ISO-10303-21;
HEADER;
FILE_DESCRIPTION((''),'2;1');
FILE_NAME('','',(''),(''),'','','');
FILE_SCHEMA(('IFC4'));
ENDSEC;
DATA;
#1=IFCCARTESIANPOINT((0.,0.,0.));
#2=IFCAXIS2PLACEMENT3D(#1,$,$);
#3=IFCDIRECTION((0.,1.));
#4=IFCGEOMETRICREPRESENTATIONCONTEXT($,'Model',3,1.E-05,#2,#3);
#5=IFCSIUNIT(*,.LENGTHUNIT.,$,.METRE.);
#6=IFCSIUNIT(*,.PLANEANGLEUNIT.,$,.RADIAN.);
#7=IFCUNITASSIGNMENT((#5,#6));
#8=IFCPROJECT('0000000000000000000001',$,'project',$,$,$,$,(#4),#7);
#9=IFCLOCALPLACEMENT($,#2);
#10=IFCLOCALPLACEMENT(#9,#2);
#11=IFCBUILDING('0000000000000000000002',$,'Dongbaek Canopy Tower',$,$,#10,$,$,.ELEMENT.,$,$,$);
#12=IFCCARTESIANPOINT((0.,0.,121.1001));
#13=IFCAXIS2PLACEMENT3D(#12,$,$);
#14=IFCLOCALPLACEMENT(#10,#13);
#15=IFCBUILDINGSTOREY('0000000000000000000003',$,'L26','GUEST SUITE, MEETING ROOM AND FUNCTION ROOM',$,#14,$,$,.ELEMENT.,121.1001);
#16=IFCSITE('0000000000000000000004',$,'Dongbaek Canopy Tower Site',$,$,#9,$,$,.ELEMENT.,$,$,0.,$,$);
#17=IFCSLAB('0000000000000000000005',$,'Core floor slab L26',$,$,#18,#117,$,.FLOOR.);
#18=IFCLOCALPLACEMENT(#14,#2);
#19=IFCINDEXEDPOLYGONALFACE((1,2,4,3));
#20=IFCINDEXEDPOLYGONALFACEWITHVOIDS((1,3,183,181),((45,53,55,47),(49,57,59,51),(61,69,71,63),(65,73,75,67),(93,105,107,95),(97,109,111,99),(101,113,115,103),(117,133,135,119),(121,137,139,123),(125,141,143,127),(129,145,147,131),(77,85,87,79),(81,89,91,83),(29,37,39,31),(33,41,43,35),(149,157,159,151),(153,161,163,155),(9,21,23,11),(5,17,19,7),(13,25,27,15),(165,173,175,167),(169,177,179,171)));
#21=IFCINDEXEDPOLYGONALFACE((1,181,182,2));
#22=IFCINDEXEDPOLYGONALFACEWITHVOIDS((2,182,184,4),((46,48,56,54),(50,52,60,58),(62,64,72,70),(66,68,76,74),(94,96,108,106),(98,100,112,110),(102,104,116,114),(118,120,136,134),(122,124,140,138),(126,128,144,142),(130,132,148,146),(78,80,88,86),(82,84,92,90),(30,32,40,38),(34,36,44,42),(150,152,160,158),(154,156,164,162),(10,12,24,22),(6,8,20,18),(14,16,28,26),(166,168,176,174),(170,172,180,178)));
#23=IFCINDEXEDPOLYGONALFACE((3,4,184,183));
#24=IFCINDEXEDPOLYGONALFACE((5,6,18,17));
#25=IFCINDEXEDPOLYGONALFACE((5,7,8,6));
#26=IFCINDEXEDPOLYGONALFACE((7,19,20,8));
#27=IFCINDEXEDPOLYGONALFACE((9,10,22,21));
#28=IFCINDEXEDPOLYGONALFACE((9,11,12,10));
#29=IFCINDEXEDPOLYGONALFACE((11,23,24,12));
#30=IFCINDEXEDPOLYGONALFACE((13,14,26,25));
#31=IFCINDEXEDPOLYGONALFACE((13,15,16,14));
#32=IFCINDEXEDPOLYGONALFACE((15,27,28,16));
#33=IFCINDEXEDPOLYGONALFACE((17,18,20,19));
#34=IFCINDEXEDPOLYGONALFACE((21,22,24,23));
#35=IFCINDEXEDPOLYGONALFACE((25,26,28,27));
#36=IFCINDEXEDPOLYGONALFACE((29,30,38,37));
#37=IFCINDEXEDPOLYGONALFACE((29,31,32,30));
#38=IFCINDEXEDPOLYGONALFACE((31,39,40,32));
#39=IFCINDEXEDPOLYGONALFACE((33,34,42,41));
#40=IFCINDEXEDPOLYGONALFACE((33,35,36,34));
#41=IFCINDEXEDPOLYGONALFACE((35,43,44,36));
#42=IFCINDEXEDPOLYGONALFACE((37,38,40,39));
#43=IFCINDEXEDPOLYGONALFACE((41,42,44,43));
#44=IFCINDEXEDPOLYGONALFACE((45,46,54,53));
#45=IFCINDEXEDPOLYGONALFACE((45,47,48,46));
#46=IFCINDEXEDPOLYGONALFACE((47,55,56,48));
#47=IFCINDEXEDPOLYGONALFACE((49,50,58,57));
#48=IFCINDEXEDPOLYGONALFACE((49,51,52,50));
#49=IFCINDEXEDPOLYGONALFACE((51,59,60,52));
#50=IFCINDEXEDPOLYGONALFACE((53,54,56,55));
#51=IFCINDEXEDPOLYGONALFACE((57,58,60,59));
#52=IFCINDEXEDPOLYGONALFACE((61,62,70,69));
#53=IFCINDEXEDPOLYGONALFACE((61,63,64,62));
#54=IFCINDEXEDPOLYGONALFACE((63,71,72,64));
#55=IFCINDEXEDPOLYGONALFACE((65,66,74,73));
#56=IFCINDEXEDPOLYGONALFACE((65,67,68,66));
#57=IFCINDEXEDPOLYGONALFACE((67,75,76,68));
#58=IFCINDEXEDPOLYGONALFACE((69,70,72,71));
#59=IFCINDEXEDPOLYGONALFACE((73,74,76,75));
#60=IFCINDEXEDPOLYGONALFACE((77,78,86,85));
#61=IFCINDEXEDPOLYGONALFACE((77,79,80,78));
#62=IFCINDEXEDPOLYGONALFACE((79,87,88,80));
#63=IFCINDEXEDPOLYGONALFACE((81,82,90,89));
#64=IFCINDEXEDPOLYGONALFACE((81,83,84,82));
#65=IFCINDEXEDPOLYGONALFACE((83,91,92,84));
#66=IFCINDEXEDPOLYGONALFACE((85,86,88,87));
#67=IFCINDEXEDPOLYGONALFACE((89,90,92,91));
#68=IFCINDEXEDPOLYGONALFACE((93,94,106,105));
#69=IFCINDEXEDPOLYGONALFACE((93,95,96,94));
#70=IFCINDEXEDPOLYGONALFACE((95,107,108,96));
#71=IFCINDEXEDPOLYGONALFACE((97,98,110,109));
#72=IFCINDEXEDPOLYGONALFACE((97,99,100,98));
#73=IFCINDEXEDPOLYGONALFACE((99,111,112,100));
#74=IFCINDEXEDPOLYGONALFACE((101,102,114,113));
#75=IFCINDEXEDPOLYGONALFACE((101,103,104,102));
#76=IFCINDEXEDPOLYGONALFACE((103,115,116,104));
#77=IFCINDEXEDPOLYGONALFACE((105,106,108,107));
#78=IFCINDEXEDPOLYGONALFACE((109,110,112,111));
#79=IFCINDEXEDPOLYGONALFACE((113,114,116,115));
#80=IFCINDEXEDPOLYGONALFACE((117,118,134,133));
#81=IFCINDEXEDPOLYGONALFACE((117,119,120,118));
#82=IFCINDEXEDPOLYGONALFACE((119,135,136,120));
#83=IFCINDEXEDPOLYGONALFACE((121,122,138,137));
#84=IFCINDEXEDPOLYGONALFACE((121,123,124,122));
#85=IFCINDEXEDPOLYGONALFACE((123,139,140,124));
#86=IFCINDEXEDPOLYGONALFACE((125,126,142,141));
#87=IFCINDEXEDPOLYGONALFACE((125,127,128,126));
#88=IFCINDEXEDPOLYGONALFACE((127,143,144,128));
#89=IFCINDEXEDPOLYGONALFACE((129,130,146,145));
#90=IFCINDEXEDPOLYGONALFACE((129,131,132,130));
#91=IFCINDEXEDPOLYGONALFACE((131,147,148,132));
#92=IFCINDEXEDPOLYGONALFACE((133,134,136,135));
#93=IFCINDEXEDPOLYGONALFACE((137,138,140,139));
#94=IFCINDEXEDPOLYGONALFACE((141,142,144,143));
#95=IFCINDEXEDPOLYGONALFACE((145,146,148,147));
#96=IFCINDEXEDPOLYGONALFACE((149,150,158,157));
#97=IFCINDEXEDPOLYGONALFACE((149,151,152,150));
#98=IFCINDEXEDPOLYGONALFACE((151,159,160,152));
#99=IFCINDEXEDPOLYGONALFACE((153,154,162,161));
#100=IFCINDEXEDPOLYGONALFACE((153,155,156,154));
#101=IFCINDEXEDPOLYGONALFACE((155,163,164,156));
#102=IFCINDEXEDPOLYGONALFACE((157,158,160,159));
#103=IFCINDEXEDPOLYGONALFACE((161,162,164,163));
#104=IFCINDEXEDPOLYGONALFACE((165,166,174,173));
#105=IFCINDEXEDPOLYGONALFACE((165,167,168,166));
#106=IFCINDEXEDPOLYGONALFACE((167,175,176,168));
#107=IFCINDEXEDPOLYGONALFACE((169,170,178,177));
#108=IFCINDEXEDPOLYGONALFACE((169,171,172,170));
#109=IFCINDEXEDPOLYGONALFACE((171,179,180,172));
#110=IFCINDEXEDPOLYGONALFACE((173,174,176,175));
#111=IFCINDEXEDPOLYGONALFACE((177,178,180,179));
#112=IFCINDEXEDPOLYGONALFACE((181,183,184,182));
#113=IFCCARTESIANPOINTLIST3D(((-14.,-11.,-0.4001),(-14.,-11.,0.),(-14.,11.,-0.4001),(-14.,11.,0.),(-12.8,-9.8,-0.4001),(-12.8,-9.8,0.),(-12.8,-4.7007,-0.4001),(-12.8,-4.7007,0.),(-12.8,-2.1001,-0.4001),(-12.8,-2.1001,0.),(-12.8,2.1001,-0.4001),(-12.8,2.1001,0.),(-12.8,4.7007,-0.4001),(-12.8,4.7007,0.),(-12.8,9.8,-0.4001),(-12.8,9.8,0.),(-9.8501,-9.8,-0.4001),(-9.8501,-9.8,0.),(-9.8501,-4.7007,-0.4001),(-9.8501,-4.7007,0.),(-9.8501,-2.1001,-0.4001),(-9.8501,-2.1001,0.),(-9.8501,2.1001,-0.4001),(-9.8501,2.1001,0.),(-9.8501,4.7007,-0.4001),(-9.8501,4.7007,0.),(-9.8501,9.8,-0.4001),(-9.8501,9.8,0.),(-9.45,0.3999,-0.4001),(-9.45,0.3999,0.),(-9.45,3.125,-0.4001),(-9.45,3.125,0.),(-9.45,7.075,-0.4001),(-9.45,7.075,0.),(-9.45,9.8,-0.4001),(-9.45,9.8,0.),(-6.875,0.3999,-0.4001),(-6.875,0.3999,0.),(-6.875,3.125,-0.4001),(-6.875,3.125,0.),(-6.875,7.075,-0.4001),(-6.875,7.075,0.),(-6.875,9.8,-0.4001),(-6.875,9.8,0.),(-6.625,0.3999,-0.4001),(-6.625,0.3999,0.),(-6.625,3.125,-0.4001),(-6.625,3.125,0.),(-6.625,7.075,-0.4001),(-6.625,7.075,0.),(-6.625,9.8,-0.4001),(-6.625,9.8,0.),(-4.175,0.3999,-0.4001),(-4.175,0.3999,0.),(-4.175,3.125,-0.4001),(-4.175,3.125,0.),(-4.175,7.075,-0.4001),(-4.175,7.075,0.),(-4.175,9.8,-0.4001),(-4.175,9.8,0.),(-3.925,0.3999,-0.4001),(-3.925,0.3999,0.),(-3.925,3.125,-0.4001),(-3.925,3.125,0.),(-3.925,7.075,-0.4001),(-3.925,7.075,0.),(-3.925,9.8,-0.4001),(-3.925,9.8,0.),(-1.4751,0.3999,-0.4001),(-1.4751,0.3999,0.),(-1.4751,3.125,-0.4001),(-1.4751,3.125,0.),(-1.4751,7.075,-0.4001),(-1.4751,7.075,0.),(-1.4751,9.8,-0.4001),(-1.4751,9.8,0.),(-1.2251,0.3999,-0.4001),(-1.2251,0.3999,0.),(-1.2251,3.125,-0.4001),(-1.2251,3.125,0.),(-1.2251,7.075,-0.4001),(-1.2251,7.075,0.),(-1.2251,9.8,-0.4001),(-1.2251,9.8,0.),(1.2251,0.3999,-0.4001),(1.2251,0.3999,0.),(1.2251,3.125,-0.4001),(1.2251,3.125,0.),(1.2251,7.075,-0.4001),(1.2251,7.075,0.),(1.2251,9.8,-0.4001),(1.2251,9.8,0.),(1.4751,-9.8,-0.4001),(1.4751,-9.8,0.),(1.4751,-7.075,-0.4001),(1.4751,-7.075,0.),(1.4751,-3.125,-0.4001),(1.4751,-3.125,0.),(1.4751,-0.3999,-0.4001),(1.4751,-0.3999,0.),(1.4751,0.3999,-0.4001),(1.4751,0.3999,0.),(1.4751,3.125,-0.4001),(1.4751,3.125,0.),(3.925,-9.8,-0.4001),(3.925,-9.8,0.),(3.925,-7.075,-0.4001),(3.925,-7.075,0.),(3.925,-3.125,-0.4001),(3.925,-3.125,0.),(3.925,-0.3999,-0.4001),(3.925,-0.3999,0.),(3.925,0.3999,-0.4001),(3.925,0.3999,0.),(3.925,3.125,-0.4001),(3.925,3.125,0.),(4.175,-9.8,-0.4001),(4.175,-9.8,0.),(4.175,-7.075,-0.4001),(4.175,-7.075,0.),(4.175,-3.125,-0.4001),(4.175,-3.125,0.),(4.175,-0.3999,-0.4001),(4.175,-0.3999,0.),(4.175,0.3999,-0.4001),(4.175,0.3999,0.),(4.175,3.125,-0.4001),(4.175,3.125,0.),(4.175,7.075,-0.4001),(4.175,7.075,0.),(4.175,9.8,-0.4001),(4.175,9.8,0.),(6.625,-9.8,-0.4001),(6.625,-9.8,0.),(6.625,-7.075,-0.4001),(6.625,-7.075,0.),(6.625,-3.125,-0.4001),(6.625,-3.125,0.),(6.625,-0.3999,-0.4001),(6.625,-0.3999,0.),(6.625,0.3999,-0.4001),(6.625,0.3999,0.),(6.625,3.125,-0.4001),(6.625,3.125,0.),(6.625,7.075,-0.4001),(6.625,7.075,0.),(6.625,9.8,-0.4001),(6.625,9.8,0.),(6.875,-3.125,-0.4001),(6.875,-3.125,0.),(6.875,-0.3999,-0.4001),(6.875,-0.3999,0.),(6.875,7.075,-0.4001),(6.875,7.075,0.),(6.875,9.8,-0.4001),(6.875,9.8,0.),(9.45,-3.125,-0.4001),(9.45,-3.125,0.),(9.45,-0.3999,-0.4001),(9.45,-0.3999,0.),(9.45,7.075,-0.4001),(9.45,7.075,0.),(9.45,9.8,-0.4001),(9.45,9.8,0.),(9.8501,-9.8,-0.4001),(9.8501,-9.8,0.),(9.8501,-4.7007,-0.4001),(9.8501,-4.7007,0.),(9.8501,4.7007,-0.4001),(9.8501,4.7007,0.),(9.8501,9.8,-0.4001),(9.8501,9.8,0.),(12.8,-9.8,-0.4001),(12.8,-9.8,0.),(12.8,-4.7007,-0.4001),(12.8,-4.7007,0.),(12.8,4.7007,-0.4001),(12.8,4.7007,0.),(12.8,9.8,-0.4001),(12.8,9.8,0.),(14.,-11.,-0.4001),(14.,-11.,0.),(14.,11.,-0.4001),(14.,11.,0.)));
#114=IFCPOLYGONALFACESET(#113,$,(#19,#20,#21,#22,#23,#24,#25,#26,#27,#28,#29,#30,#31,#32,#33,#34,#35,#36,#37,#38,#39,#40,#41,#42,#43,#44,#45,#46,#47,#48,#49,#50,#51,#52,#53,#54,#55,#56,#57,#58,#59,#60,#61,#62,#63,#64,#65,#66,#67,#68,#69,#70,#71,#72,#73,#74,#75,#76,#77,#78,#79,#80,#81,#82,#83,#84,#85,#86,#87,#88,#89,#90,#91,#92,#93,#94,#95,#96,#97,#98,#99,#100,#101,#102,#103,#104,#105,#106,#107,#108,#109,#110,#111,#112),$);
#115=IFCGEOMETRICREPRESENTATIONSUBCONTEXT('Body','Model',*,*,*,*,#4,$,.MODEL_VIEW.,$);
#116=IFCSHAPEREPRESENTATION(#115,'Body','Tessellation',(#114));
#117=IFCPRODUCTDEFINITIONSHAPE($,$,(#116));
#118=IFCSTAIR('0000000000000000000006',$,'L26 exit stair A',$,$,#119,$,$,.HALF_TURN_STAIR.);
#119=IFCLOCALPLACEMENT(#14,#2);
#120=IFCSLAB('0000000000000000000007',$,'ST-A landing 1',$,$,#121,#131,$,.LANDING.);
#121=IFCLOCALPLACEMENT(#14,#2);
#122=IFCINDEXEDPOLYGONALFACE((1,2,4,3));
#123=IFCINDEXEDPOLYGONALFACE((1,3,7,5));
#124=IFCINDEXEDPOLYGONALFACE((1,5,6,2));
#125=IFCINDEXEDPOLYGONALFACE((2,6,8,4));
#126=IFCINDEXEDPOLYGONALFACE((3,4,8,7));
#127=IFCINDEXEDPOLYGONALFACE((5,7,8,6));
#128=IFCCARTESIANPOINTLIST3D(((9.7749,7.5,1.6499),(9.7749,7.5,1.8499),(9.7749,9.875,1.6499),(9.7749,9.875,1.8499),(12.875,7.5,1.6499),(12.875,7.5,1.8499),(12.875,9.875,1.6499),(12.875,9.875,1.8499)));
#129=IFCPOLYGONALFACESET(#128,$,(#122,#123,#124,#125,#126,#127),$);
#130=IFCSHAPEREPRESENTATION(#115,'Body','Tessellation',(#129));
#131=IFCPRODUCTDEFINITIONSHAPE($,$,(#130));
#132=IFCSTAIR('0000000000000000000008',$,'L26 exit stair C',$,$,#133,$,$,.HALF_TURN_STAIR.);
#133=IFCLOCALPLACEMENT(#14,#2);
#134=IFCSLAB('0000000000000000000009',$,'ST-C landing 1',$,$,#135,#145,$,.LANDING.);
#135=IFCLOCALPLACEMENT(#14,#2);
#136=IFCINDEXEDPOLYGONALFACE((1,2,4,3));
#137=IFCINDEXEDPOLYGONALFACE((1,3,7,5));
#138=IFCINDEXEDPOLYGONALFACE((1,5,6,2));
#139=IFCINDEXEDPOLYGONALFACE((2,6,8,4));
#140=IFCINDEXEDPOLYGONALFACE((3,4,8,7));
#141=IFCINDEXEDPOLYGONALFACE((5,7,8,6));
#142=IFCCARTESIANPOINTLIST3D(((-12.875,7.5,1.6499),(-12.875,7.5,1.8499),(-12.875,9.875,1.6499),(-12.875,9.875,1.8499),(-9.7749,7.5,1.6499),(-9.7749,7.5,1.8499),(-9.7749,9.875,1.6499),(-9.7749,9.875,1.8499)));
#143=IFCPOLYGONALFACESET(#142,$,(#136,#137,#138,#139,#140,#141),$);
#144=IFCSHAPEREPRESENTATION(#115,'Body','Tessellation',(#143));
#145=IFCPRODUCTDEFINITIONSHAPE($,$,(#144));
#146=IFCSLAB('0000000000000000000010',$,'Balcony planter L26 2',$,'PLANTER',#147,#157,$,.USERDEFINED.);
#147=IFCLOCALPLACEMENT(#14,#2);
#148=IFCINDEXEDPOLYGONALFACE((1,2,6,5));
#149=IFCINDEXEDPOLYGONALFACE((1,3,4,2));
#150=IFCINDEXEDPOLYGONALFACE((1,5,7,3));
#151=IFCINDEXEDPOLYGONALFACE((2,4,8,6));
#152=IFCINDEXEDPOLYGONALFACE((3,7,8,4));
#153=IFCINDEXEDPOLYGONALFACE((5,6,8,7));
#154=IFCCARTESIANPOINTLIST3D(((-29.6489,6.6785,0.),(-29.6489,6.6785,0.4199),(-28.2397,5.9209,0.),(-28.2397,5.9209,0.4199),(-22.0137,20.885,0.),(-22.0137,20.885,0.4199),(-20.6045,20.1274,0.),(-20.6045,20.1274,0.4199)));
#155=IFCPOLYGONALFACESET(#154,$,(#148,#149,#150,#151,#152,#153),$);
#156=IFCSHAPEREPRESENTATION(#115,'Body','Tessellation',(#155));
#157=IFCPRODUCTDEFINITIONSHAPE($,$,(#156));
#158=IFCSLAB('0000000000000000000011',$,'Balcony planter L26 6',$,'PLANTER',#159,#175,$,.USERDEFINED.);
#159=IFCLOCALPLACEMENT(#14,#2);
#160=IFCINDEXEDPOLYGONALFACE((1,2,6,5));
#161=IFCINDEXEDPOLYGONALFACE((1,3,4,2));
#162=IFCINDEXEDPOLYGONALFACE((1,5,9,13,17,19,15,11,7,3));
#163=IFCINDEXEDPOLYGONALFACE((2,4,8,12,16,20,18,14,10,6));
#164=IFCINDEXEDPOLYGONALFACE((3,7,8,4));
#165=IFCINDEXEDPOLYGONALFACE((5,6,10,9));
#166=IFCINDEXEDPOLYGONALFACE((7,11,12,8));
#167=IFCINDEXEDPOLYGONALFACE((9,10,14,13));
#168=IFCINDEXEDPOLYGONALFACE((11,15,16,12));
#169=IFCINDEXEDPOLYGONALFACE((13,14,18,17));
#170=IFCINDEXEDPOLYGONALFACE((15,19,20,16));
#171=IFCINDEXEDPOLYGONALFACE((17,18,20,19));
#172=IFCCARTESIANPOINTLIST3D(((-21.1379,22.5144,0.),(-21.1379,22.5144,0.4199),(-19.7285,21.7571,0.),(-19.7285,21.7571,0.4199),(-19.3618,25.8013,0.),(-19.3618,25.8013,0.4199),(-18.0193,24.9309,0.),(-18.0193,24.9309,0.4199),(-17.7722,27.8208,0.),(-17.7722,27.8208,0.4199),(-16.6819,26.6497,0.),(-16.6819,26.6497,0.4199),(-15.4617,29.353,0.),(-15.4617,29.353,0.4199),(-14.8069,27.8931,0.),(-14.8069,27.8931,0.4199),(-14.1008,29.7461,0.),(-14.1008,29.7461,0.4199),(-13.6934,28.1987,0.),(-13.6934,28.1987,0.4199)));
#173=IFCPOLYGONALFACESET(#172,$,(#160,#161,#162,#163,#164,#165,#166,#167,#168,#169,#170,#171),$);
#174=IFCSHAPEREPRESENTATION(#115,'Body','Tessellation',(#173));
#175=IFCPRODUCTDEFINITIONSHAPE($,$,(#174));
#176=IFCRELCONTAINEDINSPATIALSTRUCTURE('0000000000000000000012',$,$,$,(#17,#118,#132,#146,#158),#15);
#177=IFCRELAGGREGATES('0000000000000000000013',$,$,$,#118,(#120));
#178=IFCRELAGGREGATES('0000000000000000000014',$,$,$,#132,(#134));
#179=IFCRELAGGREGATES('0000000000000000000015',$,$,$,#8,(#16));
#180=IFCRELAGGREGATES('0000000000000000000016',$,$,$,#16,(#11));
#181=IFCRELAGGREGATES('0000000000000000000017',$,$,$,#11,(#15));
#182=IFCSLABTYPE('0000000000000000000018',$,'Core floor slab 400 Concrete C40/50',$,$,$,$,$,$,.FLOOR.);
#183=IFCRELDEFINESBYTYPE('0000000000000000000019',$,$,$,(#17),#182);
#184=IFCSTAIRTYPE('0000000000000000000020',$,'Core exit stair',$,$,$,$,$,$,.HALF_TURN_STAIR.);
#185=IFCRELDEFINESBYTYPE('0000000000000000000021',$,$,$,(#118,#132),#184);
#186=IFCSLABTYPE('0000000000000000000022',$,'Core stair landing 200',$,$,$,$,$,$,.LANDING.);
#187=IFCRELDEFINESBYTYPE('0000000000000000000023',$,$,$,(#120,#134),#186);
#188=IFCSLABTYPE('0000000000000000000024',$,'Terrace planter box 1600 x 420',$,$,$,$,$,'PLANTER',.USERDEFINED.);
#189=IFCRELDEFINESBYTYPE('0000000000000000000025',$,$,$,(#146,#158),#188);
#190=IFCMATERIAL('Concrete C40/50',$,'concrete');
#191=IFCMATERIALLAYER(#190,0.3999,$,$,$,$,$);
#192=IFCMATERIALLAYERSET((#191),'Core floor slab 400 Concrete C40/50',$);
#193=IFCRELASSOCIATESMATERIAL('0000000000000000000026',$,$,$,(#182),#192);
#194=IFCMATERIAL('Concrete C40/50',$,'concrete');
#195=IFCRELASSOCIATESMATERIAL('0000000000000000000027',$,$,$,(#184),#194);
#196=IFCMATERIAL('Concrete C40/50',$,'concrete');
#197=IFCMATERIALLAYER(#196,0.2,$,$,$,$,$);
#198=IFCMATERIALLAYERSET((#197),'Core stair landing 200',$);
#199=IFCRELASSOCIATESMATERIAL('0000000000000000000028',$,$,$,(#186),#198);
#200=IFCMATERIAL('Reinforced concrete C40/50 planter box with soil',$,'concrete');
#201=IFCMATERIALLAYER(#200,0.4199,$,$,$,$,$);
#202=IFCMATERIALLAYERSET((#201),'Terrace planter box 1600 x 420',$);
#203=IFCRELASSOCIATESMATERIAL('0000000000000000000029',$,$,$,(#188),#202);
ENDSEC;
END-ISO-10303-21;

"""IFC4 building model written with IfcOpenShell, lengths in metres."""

from ifc_helpers import new_model, si_unit, direction, frame, origin, place, context, subcontext, project, spatial, polyline, outline, extrude, material, layer, layer_set, type_object, element, aggregate, save


model = new_model("IFC4")

# Units and contexts
model_context = context("Model", 3, precision=1e-05, world=origin(), true_north=direction((0.0, 1.0)))
body_context = subcontext(model_context, "Body", "Model", "MODEL_VIEW")
ifc_project = project(units=[si_unit("LENGTHUNIT", "METRE"), si_unit("PLANEANGLEUNIT", "RADIAN")], contexts=[model_context])

# Site, building, storey
site_placement = place(None, origin())
site = spatial("IfcSite", under=ifc_project, at=site_placement, Name="Dongbaek Canopy Tower Site", CompositionType="ELEMENT", RefElevation=0.0)
building_placement = place(site_placement, origin())
building = spatial("IfcBuilding", under=site, at=building_placement, Name="Dongbaek Canopy Tower", CompositionType="ELEMENT")
storey_placement = place(building_placement, frame((0.0, 0.0, 121.1001)))
storey = spatial("IfcBuildingStorey", under=building, at=storey_placement, Name="L26", Description="GUEST SUITE, MEETING ROOM AND FUNCTION ROOM", CompositionType="ELEMENT", Elevation=121.1001)

# Slab
ifc_material_1 = material(Name="Concrete C40/50", Category="concrete")
ifc_layer_1 = layer(ifc_material_1, 0.3999)
ifc_layer_set_1 = layer_set([ifc_layer_1], Name="Core floor slab 400 Concrete C40/50")
slab_type_1 = type_object("IfcSlabType", Name="Core floor slab 400 Concrete C40/50", PredefinedType="FLOOR", material=ifc_layer_set_1)
slab_1_placement = place(storey_placement, frame((0.0, 0.0, -0.4001)))
element("IfcSlab", 1, at=slab_1_placement, inside=storey, type_object=slab_type_1, Name="Core floor slab L26", PredefinedType="FLOOR", context=body_context, shape_type="SweptSolid", body=[
    extrude(outline(polyline([(14.0, -11.0), (14.0, 11.0), (-14.0, 11.0), (-14.0, -11.0), (14.0, -11.0)]), holes=[polyline([(-12.8, 2.1001), (-9.8501, 2.1001), (-9.8501, -2.1001), (-12.8, -2.1001), (-12.8, 2.1001)]), polyline([(-6.875, 9.8), (-6.875, 7.075), (-9.45, 7.075), (-9.45, 9.8), (-6.875, 9.8)]), polyline([(-4.175, 9.8), (-4.175, 7.075), (-6.625, 7.075), (-6.625, 9.8), (-4.175, 9.8)]), polyline([(-1.4751, 9.8), (-1.4751, 7.075), (-3.925, 7.075), (-3.925, 9.8), (-1.4751, 9.8)]), polyline([(1.2251, 9.8), (1.2251, 7.075), (-1.2251, 7.075), (-1.2251, 9.8), (1.2251, 9.8)]), polyline([(6.625, 9.8), (6.625, 7.075), (4.175, 7.075), (4.175, 9.8), (6.625, 9.8)]), polyline([(9.45, 7.075), (6.875, 7.075), (6.875, 9.8), (9.45, 9.8), (9.45, 7.075)]), polyline([(-9.45, 3.125), (-6.875, 3.125), (-6.875, 0.3999), (-9.45, 0.3999), (-9.45, 3.125)]), polyline([(-6.625, 3.125), (-4.175, 3.125), (-4.175, 0.3999), (-6.625, 0.3999), (-6.625, 3.125)]), polyline([(-3.925, 3.125), (-1.4751, 3.125), (-1.4751, 0.3999), (-3.925, 0.3999), (-3.925, 3.125)]), polyline([(-1.2251, 0.3999), (-1.2251, 3.125), (1.2251, 3.125), (1.2251, 0.3999), (-1.2251, 0.3999)]), polyline([(3.925, 3.125), (3.925, 0.3999), (1.4751, 0.3999), (1.4751, 3.125), (3.925, 3.125)]), polyline([(4.175, 3.125), (6.625, 3.125), (6.625, 0.3999), (4.175, 0.3999), (4.175, 3.125)]), polyline([(1.4751, -0.3999), (3.925, -0.3999), (3.925, -3.125), (1.4751, -3.125), (1.4751, -0.3999)]), polyline([(4.175, -3.125), (4.175, -0.3999), (6.625, -0.3999), (6.625, -3.125), (4.175, -3.125)]), polyline([(9.45, -3.125), (6.875, -3.125), (6.875, -0.3999), (9.45, -0.3999), (9.45, -3.125)]), polyline([(1.4751, -9.8), (1.4751, -7.075), (3.925, -7.075), (3.925, -9.8), (1.4751, -9.8)]), polyline([(4.175, -9.8), (4.175, -7.075), (6.625, -7.075), (6.625, -9.8), (4.175, -9.8)]), polyline([(12.8, 4.7007), (12.8, 9.8), (9.8501, 9.8), (9.8501, 4.7007), (12.8, 4.7007)]), polyline([(-9.8501, 4.7007), (-9.8501, 9.8), (-12.8, 9.8), (-12.8, 4.7007), (-9.8501, 4.7007)]), polyline([(9.8501, -4.7007), (9.8501, -9.8), (12.8, -9.8), (12.8, -4.7007), (9.8501, -4.7007)]), polyline([(-12.8, -4.7007), (-12.8, -9.8), (-9.8501, -9.8), (-9.8501, -4.7007), (-12.8, -4.7007)])]), origin(), (0.0, 0.0, 1.0), 0.4001),
])

# Stairs, slabs
ifc_material_2 = material(Name="Concrete C40/50", Category="concrete")
stair_type = type_object("IfcStairType", Name="Core exit stair", PredefinedType="HALF_TURN_STAIR", material=ifc_material_2)
stair_1_placement = place(storey_placement, origin())
stair_1 = element("IfcStair", 2, at=stair_1_placement, inside=storey, type_object=stair_type, Name="L26 exit stair A", PredefinedType="HALF_TURN_STAIR")
ifc_material_3 = material(Name="Concrete C40/50", Category="concrete")
ifc_layer_2 = layer(ifc_material_3, 0.2)
ifc_layer_set_2 = layer_set([ifc_layer_2], Name="Core stair landing 200")
slab_type_2 = type_object("IfcSlabType", Name="Core stair landing 200", PredefinedType="LANDING", material=ifc_layer_set_2)
slab_2_placement = place(storey_placement, frame((0.0, 0.0, 1.6499)))
slab_2 = element("IfcSlab", 3, at=slab_2_placement, type_object=slab_type_2, Name="ST-A landing 1", PredefinedType="LANDING", context=body_context, shape_type="SweptSolid", body=[
    extrude(outline(polyline([(12.875, 7.5), (12.875, 9.875), (9.7749, 9.875), (9.7749, 7.5), (12.875, 7.5)])), origin(), (0.0, 0.0, 1.0), 0.2),
])
aggregate(stair_1, [slab_2])
stair_2_placement = place(storey_placement, origin())
stair_2 = element("IfcStair", 4, at=stair_2_placement, inside=storey, type_object=stair_type, Name="L26 exit stair C", PredefinedType="HALF_TURN_STAIR")
slab_3_placement = place(storey_placement, frame((0.0, 0.0, 1.6499)))
slab_3 = element("IfcSlab", 5, at=slab_3_placement, type_object=slab_type_2, Name="ST-C landing 1", PredefinedType="LANDING", context=body_context, shape_type="SweptSolid", body=[
    extrude(outline(polyline([(-9.7749, 7.5), (-9.7749, 9.875), (-12.875, 9.875), (-12.875, 7.5), (-9.7749, 7.5)])), origin(), (0.0, 0.0, 1.0), 0.2),
])
aggregate(stair_2, [slab_3])

# Slabs
ifc_material_4 = material(Name="Reinforced concrete C40/50 planter box with soil", Category="concrete")
ifc_layer_3 = layer(ifc_material_4, 0.4199)
ifc_layer_set_3 = layer_set([ifc_layer_3], Name="Terrace planter box 1600 x 420")
slab_type_3 = type_object("IfcSlabType", Name="Terrace planter box 1600 x 420", ElementType="PLANTER", PredefinedType="USERDEFINED", material=ifc_layer_set_3)
slab_4_placement = place(storey_placement, origin())
element("IfcSlab", 6, at=slab_4_placement, inside=storey, type_object=slab_type_3, Name="Balcony planter L26 2", ObjectType="PLANTER", PredefinedType="USERDEFINED", context=body_context, shape_type="SweptSolid", body=[
    extrude(outline(polyline([(-20.6045, 20.1274), (-28.2397, 5.9209), (-29.6489, 6.6785), (-22.0137, 20.885), (-20.6045, 20.1274)])), origin(), (0.0, 0.0, 1.0), 0.4199),
])
slab_5_placement = place(storey_placement, origin())
element("IfcSlab", 7, at=slab_5_placement, inside=storey, type_object=slab_type_3, Name="Balcony planter L26 6", ObjectType="PLANTER", PredefinedType="USERDEFINED", context=body_context, shape_type="SweptSolid", body=[
    extrude(outline(polyline([(-13.6934, 28.1987), (-14.8069, 27.8931), (-16.6819, 26.6497), (-18.0193, 24.9309), (-19.7285, 21.7571), (-21.1379, 22.5144), (-19.3618, 25.8013), (-17.7722, 27.8208), (-15.4617, 29.353), (-14.1008, 29.7461), (-13.6934, 28.1987)])), origin(), (0.0, 0.0, 1.0), 0.4199),
])

save(model, "model.ifc")
